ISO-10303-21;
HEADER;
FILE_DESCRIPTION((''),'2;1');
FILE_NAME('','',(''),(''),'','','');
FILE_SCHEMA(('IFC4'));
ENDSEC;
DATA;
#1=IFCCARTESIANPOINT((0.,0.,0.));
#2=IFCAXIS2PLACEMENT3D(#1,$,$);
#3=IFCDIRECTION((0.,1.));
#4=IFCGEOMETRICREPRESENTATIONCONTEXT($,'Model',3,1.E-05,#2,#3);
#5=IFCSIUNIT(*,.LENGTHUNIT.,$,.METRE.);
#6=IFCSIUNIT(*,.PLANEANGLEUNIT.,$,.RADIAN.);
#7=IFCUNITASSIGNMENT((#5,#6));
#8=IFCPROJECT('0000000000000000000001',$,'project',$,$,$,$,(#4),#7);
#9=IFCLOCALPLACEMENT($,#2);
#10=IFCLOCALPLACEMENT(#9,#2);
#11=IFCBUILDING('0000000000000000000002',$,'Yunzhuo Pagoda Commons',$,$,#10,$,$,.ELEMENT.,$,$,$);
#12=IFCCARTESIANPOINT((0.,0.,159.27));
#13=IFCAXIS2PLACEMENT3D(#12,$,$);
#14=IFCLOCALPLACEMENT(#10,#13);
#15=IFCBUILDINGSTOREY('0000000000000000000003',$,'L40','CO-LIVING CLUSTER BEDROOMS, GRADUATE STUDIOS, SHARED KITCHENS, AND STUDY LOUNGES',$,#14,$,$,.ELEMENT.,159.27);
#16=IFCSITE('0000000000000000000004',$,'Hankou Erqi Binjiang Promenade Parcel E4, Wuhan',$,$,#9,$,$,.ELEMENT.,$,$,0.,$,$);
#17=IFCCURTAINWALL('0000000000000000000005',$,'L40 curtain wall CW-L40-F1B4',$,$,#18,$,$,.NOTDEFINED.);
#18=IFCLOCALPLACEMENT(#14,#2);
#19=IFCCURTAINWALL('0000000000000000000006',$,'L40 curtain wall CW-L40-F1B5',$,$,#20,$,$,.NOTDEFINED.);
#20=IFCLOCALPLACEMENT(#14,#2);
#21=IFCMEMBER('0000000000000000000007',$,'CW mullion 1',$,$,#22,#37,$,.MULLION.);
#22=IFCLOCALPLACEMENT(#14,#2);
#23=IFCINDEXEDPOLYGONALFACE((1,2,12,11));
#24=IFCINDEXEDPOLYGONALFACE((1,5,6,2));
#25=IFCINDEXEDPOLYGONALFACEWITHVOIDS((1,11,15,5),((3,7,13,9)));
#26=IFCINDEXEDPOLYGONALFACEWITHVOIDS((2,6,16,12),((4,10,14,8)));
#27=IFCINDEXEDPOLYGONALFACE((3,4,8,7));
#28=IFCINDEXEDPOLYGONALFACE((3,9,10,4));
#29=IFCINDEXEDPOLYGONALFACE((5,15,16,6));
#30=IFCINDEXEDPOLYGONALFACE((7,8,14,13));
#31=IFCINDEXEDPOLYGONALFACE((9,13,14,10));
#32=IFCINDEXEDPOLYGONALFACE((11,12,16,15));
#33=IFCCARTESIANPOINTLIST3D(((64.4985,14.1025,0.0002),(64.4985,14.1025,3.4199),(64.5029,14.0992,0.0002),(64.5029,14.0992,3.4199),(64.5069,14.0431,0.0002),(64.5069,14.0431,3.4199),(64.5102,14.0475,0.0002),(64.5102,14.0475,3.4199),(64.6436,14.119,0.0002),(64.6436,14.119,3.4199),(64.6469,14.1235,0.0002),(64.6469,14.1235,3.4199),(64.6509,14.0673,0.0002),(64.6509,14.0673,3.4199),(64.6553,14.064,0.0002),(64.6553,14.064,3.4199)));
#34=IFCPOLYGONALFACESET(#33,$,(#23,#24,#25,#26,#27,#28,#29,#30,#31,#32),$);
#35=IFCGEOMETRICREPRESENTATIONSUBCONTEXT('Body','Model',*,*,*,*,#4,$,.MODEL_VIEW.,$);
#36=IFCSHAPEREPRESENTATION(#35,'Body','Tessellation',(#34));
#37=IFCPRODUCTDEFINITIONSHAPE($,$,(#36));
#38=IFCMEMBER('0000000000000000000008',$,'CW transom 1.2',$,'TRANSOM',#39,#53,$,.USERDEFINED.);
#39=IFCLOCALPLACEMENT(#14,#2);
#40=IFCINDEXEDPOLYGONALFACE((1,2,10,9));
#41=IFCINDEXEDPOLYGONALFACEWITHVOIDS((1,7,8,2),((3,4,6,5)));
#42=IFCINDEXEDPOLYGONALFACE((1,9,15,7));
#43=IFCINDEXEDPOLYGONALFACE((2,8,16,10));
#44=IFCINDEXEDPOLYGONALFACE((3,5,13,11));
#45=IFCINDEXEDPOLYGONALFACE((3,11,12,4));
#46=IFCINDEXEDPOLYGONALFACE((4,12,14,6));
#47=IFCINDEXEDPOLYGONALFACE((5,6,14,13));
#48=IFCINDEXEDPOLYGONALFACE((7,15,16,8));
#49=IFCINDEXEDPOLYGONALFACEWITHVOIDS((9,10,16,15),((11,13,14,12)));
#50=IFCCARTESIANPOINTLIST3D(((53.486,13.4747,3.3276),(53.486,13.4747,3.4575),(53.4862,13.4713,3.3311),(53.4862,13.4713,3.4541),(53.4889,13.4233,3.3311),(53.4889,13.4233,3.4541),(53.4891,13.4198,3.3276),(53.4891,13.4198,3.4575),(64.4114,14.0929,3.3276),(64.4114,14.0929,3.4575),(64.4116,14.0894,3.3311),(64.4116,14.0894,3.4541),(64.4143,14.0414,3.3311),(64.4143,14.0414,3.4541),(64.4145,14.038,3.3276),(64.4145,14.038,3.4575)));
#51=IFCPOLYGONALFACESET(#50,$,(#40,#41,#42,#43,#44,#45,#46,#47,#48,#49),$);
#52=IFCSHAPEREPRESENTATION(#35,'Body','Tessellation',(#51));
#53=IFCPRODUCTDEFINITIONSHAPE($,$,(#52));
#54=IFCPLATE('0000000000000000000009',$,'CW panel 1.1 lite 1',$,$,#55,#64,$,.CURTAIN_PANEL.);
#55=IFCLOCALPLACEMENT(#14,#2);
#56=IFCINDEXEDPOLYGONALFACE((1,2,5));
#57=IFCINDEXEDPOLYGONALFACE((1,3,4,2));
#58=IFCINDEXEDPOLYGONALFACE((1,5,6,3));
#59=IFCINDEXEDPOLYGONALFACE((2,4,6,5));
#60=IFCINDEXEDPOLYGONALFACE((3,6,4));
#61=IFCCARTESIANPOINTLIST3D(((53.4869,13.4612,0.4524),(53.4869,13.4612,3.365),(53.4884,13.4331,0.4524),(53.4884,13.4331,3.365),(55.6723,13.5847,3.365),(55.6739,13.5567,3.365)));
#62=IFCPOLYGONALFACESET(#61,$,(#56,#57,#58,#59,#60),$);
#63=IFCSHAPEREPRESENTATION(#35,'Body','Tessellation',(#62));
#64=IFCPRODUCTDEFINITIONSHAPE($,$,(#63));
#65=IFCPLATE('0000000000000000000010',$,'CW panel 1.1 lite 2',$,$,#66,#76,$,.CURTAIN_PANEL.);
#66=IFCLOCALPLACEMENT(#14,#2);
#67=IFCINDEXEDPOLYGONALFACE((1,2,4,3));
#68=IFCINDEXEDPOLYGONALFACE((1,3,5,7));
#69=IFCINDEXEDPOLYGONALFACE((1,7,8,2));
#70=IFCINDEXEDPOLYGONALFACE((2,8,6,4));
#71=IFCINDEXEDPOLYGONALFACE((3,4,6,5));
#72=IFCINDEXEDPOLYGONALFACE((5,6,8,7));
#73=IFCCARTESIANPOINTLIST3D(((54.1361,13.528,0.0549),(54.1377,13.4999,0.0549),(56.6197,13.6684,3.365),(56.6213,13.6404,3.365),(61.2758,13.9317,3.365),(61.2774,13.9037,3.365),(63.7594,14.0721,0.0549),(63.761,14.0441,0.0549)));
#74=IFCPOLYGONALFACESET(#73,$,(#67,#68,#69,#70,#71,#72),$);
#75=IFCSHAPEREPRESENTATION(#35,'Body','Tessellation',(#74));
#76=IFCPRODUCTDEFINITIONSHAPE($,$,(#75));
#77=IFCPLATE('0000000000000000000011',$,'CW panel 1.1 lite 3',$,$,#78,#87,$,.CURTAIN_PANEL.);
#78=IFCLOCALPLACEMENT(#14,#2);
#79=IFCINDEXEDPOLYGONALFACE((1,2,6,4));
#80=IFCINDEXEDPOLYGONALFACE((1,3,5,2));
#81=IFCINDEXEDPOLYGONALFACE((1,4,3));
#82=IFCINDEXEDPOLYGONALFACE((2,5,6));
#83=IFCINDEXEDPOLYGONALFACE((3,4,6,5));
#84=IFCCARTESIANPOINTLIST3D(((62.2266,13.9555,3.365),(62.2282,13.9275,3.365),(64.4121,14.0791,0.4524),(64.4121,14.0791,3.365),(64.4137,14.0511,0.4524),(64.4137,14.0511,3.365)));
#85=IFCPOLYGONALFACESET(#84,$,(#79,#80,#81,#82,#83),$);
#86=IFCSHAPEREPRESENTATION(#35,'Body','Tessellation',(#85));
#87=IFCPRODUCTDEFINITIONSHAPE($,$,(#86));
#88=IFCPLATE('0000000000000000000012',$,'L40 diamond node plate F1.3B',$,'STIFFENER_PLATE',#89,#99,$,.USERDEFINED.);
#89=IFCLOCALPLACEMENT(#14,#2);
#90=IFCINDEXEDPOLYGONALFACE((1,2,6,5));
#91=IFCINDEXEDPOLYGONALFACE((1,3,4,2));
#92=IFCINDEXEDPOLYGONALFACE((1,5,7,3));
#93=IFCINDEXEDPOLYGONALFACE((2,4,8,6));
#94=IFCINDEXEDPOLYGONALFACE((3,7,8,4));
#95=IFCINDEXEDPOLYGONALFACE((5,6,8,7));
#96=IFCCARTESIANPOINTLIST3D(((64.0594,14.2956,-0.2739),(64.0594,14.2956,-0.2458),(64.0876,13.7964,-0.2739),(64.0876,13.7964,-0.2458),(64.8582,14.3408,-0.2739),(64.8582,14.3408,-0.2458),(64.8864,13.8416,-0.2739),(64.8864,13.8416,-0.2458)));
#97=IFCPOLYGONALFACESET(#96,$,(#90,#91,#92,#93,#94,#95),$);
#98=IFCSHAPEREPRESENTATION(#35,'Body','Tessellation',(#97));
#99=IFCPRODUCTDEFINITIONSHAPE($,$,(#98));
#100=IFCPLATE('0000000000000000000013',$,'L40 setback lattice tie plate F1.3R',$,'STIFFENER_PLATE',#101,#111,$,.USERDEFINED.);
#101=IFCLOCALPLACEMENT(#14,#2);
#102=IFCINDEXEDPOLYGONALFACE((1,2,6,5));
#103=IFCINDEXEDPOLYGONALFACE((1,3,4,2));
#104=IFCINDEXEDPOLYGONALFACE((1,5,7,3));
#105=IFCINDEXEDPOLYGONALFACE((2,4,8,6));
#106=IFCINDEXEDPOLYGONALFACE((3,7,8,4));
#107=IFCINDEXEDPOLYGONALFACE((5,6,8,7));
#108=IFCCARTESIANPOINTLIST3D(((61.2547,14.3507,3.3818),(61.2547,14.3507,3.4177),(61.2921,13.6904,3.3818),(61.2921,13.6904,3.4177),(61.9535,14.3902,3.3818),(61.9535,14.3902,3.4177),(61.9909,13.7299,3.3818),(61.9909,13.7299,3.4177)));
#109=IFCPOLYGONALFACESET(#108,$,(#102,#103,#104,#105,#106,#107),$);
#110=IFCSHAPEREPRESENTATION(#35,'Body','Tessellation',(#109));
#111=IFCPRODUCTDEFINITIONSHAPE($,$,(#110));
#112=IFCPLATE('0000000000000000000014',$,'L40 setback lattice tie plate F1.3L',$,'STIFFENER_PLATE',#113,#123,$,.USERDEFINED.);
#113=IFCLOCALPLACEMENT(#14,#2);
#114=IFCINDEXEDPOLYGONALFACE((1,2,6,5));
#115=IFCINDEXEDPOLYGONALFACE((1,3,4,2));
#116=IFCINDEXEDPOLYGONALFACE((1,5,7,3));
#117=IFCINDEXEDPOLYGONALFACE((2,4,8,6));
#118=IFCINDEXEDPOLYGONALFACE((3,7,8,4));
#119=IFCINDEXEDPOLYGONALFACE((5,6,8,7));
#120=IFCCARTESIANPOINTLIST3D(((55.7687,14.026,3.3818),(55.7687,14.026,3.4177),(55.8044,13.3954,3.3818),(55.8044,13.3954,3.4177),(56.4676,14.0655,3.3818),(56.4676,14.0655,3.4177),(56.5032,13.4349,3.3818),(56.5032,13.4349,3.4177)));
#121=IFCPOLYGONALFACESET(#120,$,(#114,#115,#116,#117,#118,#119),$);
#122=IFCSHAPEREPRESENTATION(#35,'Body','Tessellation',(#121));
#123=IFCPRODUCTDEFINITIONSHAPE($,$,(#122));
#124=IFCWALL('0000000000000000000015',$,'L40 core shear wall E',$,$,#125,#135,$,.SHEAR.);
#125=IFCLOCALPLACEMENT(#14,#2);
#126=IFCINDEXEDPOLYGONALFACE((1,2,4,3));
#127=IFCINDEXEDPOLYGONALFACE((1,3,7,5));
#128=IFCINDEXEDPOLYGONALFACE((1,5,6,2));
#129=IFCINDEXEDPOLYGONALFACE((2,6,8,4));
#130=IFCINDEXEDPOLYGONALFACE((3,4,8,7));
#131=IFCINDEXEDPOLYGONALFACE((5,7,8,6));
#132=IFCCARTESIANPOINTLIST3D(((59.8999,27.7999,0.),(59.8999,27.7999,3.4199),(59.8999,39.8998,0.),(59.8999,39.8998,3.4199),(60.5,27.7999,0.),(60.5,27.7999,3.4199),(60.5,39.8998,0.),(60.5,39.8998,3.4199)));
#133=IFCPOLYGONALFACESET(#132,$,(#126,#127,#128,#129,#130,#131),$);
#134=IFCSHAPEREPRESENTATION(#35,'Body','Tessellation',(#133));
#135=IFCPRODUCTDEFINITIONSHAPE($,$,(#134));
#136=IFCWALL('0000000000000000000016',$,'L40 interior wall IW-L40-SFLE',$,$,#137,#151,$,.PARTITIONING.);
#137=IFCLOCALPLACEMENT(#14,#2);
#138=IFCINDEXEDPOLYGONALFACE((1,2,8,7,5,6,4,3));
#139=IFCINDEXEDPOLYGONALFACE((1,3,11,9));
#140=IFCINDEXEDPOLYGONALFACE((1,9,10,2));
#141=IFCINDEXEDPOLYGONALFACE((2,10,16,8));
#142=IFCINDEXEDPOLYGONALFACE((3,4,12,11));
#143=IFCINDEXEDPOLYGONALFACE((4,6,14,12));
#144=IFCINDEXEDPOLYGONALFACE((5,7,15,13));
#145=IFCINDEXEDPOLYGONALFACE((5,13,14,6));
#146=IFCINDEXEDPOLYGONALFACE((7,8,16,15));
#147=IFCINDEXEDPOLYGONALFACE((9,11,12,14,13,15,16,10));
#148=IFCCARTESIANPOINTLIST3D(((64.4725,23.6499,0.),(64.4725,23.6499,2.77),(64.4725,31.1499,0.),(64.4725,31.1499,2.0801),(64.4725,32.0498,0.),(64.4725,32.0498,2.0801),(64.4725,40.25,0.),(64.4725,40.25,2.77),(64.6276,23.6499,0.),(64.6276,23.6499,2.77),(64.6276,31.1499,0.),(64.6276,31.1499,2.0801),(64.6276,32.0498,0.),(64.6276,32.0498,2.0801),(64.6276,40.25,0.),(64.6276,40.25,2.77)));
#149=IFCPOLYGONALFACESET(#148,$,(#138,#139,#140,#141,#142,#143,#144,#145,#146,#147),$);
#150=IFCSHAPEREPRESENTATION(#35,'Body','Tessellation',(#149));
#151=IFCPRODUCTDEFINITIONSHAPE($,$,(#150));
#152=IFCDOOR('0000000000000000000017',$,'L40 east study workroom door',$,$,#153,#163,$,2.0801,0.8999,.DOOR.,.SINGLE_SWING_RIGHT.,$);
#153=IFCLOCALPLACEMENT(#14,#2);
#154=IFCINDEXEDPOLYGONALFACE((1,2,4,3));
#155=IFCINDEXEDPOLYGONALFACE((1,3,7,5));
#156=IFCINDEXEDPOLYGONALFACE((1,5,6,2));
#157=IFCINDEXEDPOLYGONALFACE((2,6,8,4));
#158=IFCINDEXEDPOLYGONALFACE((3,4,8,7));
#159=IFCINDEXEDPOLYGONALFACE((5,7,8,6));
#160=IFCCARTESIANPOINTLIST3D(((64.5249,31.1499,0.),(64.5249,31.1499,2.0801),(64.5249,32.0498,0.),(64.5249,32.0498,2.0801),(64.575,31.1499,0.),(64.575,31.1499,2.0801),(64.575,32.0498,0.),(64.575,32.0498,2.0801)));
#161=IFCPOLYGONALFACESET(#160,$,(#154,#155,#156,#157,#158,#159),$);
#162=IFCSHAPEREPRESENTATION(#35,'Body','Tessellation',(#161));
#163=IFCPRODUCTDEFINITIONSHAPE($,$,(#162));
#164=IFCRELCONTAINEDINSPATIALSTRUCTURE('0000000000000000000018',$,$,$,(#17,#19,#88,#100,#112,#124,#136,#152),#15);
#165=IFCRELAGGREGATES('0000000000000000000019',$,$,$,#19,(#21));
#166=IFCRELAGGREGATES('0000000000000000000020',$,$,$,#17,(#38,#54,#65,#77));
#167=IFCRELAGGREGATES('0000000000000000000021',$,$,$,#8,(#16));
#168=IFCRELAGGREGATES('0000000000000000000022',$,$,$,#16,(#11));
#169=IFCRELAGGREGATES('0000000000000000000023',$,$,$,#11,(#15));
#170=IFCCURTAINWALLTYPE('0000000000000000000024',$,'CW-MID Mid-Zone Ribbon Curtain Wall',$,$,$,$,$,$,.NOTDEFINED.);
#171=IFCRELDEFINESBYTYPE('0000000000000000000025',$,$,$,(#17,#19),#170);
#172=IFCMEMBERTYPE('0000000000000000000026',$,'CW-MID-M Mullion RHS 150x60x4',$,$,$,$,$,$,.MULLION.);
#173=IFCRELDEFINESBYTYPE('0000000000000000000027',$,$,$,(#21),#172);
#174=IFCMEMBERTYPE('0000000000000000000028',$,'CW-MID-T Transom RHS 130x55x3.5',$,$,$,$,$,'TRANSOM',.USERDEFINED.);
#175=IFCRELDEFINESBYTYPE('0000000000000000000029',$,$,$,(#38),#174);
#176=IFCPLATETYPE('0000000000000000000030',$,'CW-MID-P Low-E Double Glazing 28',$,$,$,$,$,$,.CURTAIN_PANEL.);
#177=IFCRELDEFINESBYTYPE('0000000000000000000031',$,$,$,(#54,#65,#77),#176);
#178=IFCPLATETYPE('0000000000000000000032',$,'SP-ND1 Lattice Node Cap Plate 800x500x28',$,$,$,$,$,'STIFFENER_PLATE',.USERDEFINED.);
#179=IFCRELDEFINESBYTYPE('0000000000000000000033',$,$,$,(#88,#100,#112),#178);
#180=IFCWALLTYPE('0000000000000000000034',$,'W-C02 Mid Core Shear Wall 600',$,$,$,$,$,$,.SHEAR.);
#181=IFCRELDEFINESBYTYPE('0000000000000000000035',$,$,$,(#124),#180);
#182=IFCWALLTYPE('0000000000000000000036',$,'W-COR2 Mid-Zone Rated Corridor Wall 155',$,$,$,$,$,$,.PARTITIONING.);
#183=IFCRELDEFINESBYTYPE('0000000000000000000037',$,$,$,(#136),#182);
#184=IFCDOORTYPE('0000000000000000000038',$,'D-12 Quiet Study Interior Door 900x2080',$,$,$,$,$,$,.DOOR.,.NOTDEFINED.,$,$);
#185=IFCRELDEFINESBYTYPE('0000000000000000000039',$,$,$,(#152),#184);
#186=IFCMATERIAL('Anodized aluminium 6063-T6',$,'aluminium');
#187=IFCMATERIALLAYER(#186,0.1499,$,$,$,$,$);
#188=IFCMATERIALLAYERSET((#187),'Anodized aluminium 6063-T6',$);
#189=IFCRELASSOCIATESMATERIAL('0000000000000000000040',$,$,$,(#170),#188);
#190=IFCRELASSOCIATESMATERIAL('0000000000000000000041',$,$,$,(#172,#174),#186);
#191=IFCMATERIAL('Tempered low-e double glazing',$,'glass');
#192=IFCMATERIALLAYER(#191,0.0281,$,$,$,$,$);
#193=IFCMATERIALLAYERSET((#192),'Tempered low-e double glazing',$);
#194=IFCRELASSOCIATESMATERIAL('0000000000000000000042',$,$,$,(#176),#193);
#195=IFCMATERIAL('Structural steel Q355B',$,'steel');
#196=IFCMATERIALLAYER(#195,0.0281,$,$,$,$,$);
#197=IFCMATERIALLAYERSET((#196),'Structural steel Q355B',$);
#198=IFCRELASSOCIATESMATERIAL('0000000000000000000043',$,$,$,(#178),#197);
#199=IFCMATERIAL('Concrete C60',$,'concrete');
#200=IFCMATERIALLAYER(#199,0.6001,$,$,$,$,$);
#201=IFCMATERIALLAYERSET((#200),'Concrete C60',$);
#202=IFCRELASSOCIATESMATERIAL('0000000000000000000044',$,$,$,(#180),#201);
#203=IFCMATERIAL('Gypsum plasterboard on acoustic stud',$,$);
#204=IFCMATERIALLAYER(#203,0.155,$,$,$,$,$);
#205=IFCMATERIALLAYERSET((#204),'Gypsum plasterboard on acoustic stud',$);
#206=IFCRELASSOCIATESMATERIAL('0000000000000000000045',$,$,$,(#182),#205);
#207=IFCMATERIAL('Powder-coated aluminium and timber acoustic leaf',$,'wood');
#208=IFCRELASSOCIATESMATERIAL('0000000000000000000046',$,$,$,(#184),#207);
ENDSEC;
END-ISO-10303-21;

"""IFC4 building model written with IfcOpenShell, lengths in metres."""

from ifc_helpers import new_model, si_unit, direction, frame, frame_2d, origin, origin_2d, place, context, subcontext, project, spatial, polyline, rectangle, hollow_rectangle, outline, extrude, source, transform, mapped, material, layer, layer_set, material_profile, profile_set, type_object, element, fill, aggregate, save


model = new_model("IFC4")

# Units and contexts
model_context = context("Model", 3, precision=1e-05, world=origin(), true_north=direction((0.0, 1.0)))
body_context = subcontext(model_context, "Body", "Model", "MODEL_VIEW")
ifc_project = project(units=[si_unit("LENGTHUNIT", "METRE"), si_unit("PLANEANGLEUNIT", "RADIAN")], contexts=[model_context])

# Site, building, storey
site_placement = place(None, origin())
site = spatial("IfcSite", under=ifc_project, at=site_placement, Name="Hankou Erqi Binjiang Promenade Parcel E4, Wuhan", CompositionType="ELEMENT", RefElevation=0.0)
building_placement = place(site_placement, origin())
building = spatial("IfcBuilding", under=site, at=building_placement, Name="Yunzhuo Pagoda Commons", CompositionType="ELEMENT")
storey_placement = place(building_placement, frame((0.0, 0.0, 159.27)))
storey = spatial("IfcBuildingStorey", under=building, at=storey_placement, Name="L40", Description="CO-LIVING CLUSTER BEDROOMS, GRADUATE STUDIOS, SHARED KITCHENS, AND STUDY LOUNGES", CompositionType="ELEMENT", Elevation=159.27)

# Shared definitions
ifc_material_1 = material(Name="Structural steel Q355B", Category="steel")

# Curtain walls, member
ifc_material_2 = material(Name="Anodized aluminium 6063-T6", Category="aluminium")
ifc_layer_1 = layer(ifc_material_2, 0.1499)
ifc_layer_set_1 = layer_set([ifc_layer_1], Name="Anodized aluminium 6063-T6")
curtain_wall_type = type_object("IfcCurtainWallType", Name="CW-MID Mid-Zone Ribbon Curtain Wall", PredefinedType="NOTDEFINED", material=ifc_layer_set_1)
curtain_wall_1_placement = place(storey_placement, origin())
curtain_wall_1 = element("IfcCurtainWall", 1, at=curtain_wall_1_placement, inside=storey, type_object=curtain_wall_type, Name="L40 curtain wall CW-L40-F1B4", PredefinedType="NOTDEFINED")
ifc_material_profile_1 = material_profile(ifc_material_2, hollow_rectangle(XDim=0.0601, YDim=0.1499, WallThickness=0.0039, at=origin_2d()), Name="Anodized aluminium 6063-T6")
ifc_profile_set_1 = profile_set([ifc_material_profile_1], Name="Anodized aluminium 6063-T6")
member_type_1 = type_object("IfcMemberType", Name="CW-MID-M Mullion RHS 150x60x4", PredefinedType="MULLION", material=ifc_profile_set_1)
shared_shape_1 = source(origin(), body_context, "Body", "SweptSolid", [
    extrude(hollow_rectangle(XDim=0.0601, YDim=0.1499, WallThickness=0.0039, at=origin_2d()), origin(), (0.0, 0.0, 1.0), 3.4197),
])
curtain_wall_2_placement = place(storey_placement, origin())
curtain_wall_2 = element("IfcCurtainWall", 2, at=curtain_wall_2_placement, inside=storey, type_object=curtain_wall_type, Name="L40 curtain wall CW-L40-F1B5", PredefinedType="NOTDEFINED")
member_1_placement = place(storey_placement, frame((64.5769, 14.0833, 0.0002), z_axis=(0.0, 0.0, 1.0), x_axis=(-0.13963, 0.990204, 0.0)))
member_1 = element("IfcMember", 3, at=member_1_placement, type_object=member_type_1, Name="CW mullion 1", PredefinedType="MULLION", context=body_context, shape_type="MappedRepresentation", body=[
    mapped(shared_shape_1, transform((0.0, 0.0, 0.0), scale=1.0)),
])
aggregate(curtain_wall_2, [member_1])

# Member
ifc_material_profile_2 = material_profile(ifc_material_2, hollow_rectangle(XDim=0.0549, YDim=0.1299, WallThickness=0.0034, at=origin_2d()), Name="Anodized aluminium 6063-T6")
ifc_profile_set_2 = profile_set([ifc_material_profile_2], Name="Anodized aluminium 6063-T6")
member_type_2 = type_object("IfcMemberType", Name="CW-MID-T Transom RHS 130x55x3.5", ElementType="TRANSOM", PredefinedType="USERDEFINED", material=ifc_profile_set_2)
shared_shape_2 = source(origin(), body_context, "Body", "SweptSolid", [
    extrude(hollow_rectangle(XDim=0.0549, YDim=0.1299, WallThickness=0.0034, at=origin_2d()), origin(), (0.0, 0.0, 1.0), 10.9429),
])
member_2_placement = place(storey_placement, frame((53.4875, 13.4473, 3.3926), z_axis=(0.998403, 0.056491, 0.0), x_axis=(-0.056491, 0.998403, 0.0)))
member_2 = element("IfcMember", 4, at=member_2_placement, type_object=member_type_2, Name="CW transom 1.2", ObjectType="TRANSOM", PredefinedType="USERDEFINED", context=body_context, shape_type="MappedRepresentation", body=[
    mapped(shared_shape_2, transform((0.0, 0.0, 0.0), scale=1.0)),
])

# Plates
ifc_material_3 = material(Name="Tempered low-e double glazing", Category="glass")
ifc_layer_2 = layer(ifc_material_3, 0.0281)
ifc_layer_set_2 = layer_set([ifc_layer_2], Name="Tempered low-e double glazing")
plate_type_1 = type_object("IfcPlateType", Name="CW-MID-P Low-E Double Glazing 28", PredefinedType="CURTAIN_PANEL", material=ifc_layer_set_2)
plate_1_placement = place(storey_placement, frame((54.5796, 13.5229, 1.9087), z_axis=(0.056459, -0.998405, 0.0), x_axis=(0.998405, 0.056459, 0.0)))
plate_1 = element("IfcPlate", 5, at=plate_1_placement, type_object=plate_type_1, Name="CW panel 1.1 lite 1", PredefinedType="CURTAIN_PANEL", context=body_context, shape_type="SweptSolid", body=[
    extrude(outline(polyline([(-1.0945, -1.4563), (1.0945, 1.4563), (-1.0945, 1.4563), (-1.0945, -1.4563)])), origin(), (0.0, 0.0, 1.0), 0.0281),
])
plate_2_placement = place(storey_placement, frame((58.9478, 13.8, 1.71), z_axis=(0.056459, -0.998405, 0.0), x_axis=(0.998405, 0.056459, 0.0)))
plate_2 = element("IfcPlate", 6, at=plate_2_placement, type_object=plate_type_1, Name="CW panel 1.1 lite 2", PredefinedType="CURTAIN_PANEL", context=body_context, shape_type="SweptSolid", body=[
    extrude(outline(polyline([(-4.8193, -1.655), (4.8193, -1.655), (2.3318, 1.655), (-2.3318, 1.655), (-4.8193, -1.655)])), origin(), (0.0, 0.0, 1.0), 0.0281),
])
plate_3_placement = place(storey_placement, frame((63.3193, 14.0173, 1.9087), z_axis=(0.056459, -0.998405, 0.0), x_axis=(0.998405, 0.056459, 0.0)))
plate_3 = element("IfcPlate", 7, at=plate_3_placement, type_object=plate_type_1, Name="CW panel 1.1 lite 3", PredefinedType="CURTAIN_PANEL", context=body_context, shape_type="SweptSolid", body=[
    extrude(outline(polyline([(-1.0945, 1.4563), (1.0945, -1.4563), (1.0945, 1.4563), (-1.0945, 1.4563)])), origin(), (0.0, 0.0, 1.0), 0.0281),
])
aggregate(curtain_wall_1, [member_2, plate_1, plate_2, plate_3])

# Plates
ifc_layer_3 = layer(ifc_material_1, 0.0281)
ifc_layer_set_3 = layer_set([ifc_layer_3], Name="Structural steel Q355B")
plate_type_2 = type_object("IfcPlateType", Name="SP-ND1 Lattice Node Cap Plate 800x500x28", ElementType="STIFFENER_PLATE", PredefinedType="USERDEFINED", material=ifc_layer_set_3)
shared_shape_3 = source(origin(), body_context, "Body", "SweptSolid", [
    extrude(rectangle(XDim=0.8, YDim=0.5, at=origin_2d()), origin(), (0.0, 0.0, 1.0), 0.0281),
])
plate_4_placement = place(storey_placement, frame((64.4729, 14.0686, -0.2739), z_axis=(0.0, 0.0, 1.0), x_axis=(0.998405, 0.056466, 0.0)))
element("IfcPlate", 8, at=plate_4_placement, inside=storey, type_object=plate_type_2, Name="L40 diamond node plate F1.3B", ObjectType="STIFFENER_PLATE", PredefinedType="USERDEFINED", context=body_context, shape_type="MappedRepresentation", body=[
    mapped(shared_shape_3, transform((0.0, 0.0, 0.0), scale=1.0)),
])
shared_shape_4 = source(origin(), body_context, "Body", "SweptSolid", [
    extrude(rectangle(XDim=0.7, YDim=0.6614, at=origin_2d()), origin(), (0.0, 0.0, 1.0), 0.0359),
])
plate_5_placement = place(storey_placement, frame((61.6228, 14.0403, 3.3818), z_axis=(0.0, 0.0, 1.0), x_axis=(0.998405, 0.056466, 0.0)))
element("IfcPlate", 9, at=plate_5_placement, inside=storey, type_object=plate_type_2, Name="L40 setback lattice tie plate F1.3R", ObjectType="STIFFENER_PLATE", PredefinedType="USERDEFINED", context=body_context, shape_type="MappedRepresentation", body=[
    mapped(shared_shape_4, transform((0.0, 0.0, 0.0), scale=1.0)),
])
shared_shape_5 = source(origin(), body_context, "Body", "SweptSolid", [
    extrude(rectangle(XDim=0.7, YDim=0.6316, at=origin_2d()), origin(), (0.0, 0.0, 1.0), 0.0359),
])
plate_6_placement = place(storey_placement, frame((56.136, 13.7305, 3.3818), z_axis=(0.0, 0.0, 1.0), x_axis=(0.998405, 0.056466, 0.0)))
element("IfcPlate", 10, at=plate_6_placement, inside=storey, type_object=plate_type_2, Name="L40 setback lattice tie plate F1.3L", ObjectType="STIFFENER_PLATE", PredefinedType="USERDEFINED", context=body_context, shape_type="MappedRepresentation", body=[
    mapped(shared_shape_5, transform((0.0, 0.0, 0.0), scale=1.0)),
])

# Wall
ifc_material_4 = material(Name="Concrete C60", Category="concrete")
ifc_layer_4 = layer(ifc_material_4, 0.6001)
ifc_layer_set_4 = layer_set([ifc_layer_4], Name="Concrete C60")
wall_type_1 = type_object("IfcWallType", Name="W-C02 Mid Core Shear Wall 600", PredefinedType="SHEAR", material=ifc_layer_set_4)
wall_1_placement = place(storey_placement, frame((60.2, 27.8, 0.0), z_axis=(0.0, 0.0, 1.0), x_axis=(0.0, 1.0, 0.0)))
element("IfcWall", 11, at=wall_1_placement, inside=storey, type_object=wall_type_1, Name="L40 core shear wall E", PredefinedType="SHEAR", context=body_context, shape_type="SweptSolid", body=[
    extrude(rectangle(XDim=12.0999, YDim=0.6001, at=frame_2d((6.0498, 0.0))), origin(), (0.0, 0.0, 1.0), 3.4199),
])

# Wall, opening, door
ifc_material_5 = material(Name="Gypsum plasterboard on acoustic stud")
ifc_layer_5 = layer(ifc_material_5, 0.155)
ifc_layer_set_5 = layer_set([ifc_layer_5], Name="Gypsum plasterboard on acoustic stud")
wall_type_2 = type_object("IfcWallType", Name="W-COR2 Mid-Zone Rated Corridor Wall 155", PredefinedType="PARTITIONING", material=ifc_layer_set_5)
wall_2_placement = place(storey_placement, frame((64.55, 23.6499, 0.0), z_axis=(0.0, 0.0, 1.0), x_axis=(0.0, 1.0, 0.0)))
wall_2 = element("IfcWall", 12, at=wall_2_placement, inside=storey, type_object=wall_type_2, Name="L40 interior wall IW-L40-SFLE", PredefinedType="PARTITIONING", context=body_context, shape_type="SweptSolid", body=[
    extrude(rectangle(XDim=16.6001, YDim=0.155, at=frame_2d((8.3, 0.0))), origin(), (0.0, 0.0, 1.0), 2.77),
])
opening_1_placement = place(wall_2_placement, frame((7.5, 0.0, 0.0)))
opening_1 = element("IfcOpeningElement", 13, at=opening_1_placement, cuts=wall_2, PredefinedType="OPENING", context=body_context, shape_type="SweptSolid", body=[
    extrude(rectangle(XDim=0.8999, YDim=2.0801, at=frame_2d((0.45, 1.04))), frame((0.0, 0.0874, 0.0), z_axis=(0.0, -1.0, 0.0), x_axis=(1.0, 0.0, 0.0)), (0.0, 0.0, 1.0), 0.175),
])
ifc_material_6 = material(Name="Powder-coated aluminium and timber acoustic leaf", Category="wood")
door_type_1 = type_object("IfcDoorType", Name="D-12 Quiet Study Interior Door 900x2080", OperationType="NOTDEFINED", PredefinedType="DOOR", material=ifc_material_6)
shared_shape_6 = source(origin(), body_context, "Body", "SweptSolid", [
    extrude(rectangle(XDim=0.8999, YDim=2.0801, at=frame_2d((0.45, 1.04))), frame((0.0, 0.0249, 0.0), z_axis=(0.0, -1.0, 0.0), x_axis=(1.0, 0.0, 0.0)), (0.0, 0.0, 1.0), 0.05),
])
door_1_placement = place(opening_1_placement, frame((0.8999, 0.0, 0.0), z_axis=(0.0, 0.0, 1.0), x_axis=(-1.0, 0.0, 0.0)))
door_1 = element("IfcDoor", 14, at=door_1_placement, inside=storey, type_object=door_type_1, Name="L40 east study workroom door", OperationType="SINGLE_SWING_RIGHT", OverallHeight=2.0801, OverallWidth=0.8999, PredefinedType="DOOR", context=body_context, shape_type="MappedRepresentation", body=[
    mapped(shared_shape_6, transform((0.0, 0.0, 0.0), scale=1.0)),
])
fill(opening_1, door_1)

save(model, "model.ifc")
